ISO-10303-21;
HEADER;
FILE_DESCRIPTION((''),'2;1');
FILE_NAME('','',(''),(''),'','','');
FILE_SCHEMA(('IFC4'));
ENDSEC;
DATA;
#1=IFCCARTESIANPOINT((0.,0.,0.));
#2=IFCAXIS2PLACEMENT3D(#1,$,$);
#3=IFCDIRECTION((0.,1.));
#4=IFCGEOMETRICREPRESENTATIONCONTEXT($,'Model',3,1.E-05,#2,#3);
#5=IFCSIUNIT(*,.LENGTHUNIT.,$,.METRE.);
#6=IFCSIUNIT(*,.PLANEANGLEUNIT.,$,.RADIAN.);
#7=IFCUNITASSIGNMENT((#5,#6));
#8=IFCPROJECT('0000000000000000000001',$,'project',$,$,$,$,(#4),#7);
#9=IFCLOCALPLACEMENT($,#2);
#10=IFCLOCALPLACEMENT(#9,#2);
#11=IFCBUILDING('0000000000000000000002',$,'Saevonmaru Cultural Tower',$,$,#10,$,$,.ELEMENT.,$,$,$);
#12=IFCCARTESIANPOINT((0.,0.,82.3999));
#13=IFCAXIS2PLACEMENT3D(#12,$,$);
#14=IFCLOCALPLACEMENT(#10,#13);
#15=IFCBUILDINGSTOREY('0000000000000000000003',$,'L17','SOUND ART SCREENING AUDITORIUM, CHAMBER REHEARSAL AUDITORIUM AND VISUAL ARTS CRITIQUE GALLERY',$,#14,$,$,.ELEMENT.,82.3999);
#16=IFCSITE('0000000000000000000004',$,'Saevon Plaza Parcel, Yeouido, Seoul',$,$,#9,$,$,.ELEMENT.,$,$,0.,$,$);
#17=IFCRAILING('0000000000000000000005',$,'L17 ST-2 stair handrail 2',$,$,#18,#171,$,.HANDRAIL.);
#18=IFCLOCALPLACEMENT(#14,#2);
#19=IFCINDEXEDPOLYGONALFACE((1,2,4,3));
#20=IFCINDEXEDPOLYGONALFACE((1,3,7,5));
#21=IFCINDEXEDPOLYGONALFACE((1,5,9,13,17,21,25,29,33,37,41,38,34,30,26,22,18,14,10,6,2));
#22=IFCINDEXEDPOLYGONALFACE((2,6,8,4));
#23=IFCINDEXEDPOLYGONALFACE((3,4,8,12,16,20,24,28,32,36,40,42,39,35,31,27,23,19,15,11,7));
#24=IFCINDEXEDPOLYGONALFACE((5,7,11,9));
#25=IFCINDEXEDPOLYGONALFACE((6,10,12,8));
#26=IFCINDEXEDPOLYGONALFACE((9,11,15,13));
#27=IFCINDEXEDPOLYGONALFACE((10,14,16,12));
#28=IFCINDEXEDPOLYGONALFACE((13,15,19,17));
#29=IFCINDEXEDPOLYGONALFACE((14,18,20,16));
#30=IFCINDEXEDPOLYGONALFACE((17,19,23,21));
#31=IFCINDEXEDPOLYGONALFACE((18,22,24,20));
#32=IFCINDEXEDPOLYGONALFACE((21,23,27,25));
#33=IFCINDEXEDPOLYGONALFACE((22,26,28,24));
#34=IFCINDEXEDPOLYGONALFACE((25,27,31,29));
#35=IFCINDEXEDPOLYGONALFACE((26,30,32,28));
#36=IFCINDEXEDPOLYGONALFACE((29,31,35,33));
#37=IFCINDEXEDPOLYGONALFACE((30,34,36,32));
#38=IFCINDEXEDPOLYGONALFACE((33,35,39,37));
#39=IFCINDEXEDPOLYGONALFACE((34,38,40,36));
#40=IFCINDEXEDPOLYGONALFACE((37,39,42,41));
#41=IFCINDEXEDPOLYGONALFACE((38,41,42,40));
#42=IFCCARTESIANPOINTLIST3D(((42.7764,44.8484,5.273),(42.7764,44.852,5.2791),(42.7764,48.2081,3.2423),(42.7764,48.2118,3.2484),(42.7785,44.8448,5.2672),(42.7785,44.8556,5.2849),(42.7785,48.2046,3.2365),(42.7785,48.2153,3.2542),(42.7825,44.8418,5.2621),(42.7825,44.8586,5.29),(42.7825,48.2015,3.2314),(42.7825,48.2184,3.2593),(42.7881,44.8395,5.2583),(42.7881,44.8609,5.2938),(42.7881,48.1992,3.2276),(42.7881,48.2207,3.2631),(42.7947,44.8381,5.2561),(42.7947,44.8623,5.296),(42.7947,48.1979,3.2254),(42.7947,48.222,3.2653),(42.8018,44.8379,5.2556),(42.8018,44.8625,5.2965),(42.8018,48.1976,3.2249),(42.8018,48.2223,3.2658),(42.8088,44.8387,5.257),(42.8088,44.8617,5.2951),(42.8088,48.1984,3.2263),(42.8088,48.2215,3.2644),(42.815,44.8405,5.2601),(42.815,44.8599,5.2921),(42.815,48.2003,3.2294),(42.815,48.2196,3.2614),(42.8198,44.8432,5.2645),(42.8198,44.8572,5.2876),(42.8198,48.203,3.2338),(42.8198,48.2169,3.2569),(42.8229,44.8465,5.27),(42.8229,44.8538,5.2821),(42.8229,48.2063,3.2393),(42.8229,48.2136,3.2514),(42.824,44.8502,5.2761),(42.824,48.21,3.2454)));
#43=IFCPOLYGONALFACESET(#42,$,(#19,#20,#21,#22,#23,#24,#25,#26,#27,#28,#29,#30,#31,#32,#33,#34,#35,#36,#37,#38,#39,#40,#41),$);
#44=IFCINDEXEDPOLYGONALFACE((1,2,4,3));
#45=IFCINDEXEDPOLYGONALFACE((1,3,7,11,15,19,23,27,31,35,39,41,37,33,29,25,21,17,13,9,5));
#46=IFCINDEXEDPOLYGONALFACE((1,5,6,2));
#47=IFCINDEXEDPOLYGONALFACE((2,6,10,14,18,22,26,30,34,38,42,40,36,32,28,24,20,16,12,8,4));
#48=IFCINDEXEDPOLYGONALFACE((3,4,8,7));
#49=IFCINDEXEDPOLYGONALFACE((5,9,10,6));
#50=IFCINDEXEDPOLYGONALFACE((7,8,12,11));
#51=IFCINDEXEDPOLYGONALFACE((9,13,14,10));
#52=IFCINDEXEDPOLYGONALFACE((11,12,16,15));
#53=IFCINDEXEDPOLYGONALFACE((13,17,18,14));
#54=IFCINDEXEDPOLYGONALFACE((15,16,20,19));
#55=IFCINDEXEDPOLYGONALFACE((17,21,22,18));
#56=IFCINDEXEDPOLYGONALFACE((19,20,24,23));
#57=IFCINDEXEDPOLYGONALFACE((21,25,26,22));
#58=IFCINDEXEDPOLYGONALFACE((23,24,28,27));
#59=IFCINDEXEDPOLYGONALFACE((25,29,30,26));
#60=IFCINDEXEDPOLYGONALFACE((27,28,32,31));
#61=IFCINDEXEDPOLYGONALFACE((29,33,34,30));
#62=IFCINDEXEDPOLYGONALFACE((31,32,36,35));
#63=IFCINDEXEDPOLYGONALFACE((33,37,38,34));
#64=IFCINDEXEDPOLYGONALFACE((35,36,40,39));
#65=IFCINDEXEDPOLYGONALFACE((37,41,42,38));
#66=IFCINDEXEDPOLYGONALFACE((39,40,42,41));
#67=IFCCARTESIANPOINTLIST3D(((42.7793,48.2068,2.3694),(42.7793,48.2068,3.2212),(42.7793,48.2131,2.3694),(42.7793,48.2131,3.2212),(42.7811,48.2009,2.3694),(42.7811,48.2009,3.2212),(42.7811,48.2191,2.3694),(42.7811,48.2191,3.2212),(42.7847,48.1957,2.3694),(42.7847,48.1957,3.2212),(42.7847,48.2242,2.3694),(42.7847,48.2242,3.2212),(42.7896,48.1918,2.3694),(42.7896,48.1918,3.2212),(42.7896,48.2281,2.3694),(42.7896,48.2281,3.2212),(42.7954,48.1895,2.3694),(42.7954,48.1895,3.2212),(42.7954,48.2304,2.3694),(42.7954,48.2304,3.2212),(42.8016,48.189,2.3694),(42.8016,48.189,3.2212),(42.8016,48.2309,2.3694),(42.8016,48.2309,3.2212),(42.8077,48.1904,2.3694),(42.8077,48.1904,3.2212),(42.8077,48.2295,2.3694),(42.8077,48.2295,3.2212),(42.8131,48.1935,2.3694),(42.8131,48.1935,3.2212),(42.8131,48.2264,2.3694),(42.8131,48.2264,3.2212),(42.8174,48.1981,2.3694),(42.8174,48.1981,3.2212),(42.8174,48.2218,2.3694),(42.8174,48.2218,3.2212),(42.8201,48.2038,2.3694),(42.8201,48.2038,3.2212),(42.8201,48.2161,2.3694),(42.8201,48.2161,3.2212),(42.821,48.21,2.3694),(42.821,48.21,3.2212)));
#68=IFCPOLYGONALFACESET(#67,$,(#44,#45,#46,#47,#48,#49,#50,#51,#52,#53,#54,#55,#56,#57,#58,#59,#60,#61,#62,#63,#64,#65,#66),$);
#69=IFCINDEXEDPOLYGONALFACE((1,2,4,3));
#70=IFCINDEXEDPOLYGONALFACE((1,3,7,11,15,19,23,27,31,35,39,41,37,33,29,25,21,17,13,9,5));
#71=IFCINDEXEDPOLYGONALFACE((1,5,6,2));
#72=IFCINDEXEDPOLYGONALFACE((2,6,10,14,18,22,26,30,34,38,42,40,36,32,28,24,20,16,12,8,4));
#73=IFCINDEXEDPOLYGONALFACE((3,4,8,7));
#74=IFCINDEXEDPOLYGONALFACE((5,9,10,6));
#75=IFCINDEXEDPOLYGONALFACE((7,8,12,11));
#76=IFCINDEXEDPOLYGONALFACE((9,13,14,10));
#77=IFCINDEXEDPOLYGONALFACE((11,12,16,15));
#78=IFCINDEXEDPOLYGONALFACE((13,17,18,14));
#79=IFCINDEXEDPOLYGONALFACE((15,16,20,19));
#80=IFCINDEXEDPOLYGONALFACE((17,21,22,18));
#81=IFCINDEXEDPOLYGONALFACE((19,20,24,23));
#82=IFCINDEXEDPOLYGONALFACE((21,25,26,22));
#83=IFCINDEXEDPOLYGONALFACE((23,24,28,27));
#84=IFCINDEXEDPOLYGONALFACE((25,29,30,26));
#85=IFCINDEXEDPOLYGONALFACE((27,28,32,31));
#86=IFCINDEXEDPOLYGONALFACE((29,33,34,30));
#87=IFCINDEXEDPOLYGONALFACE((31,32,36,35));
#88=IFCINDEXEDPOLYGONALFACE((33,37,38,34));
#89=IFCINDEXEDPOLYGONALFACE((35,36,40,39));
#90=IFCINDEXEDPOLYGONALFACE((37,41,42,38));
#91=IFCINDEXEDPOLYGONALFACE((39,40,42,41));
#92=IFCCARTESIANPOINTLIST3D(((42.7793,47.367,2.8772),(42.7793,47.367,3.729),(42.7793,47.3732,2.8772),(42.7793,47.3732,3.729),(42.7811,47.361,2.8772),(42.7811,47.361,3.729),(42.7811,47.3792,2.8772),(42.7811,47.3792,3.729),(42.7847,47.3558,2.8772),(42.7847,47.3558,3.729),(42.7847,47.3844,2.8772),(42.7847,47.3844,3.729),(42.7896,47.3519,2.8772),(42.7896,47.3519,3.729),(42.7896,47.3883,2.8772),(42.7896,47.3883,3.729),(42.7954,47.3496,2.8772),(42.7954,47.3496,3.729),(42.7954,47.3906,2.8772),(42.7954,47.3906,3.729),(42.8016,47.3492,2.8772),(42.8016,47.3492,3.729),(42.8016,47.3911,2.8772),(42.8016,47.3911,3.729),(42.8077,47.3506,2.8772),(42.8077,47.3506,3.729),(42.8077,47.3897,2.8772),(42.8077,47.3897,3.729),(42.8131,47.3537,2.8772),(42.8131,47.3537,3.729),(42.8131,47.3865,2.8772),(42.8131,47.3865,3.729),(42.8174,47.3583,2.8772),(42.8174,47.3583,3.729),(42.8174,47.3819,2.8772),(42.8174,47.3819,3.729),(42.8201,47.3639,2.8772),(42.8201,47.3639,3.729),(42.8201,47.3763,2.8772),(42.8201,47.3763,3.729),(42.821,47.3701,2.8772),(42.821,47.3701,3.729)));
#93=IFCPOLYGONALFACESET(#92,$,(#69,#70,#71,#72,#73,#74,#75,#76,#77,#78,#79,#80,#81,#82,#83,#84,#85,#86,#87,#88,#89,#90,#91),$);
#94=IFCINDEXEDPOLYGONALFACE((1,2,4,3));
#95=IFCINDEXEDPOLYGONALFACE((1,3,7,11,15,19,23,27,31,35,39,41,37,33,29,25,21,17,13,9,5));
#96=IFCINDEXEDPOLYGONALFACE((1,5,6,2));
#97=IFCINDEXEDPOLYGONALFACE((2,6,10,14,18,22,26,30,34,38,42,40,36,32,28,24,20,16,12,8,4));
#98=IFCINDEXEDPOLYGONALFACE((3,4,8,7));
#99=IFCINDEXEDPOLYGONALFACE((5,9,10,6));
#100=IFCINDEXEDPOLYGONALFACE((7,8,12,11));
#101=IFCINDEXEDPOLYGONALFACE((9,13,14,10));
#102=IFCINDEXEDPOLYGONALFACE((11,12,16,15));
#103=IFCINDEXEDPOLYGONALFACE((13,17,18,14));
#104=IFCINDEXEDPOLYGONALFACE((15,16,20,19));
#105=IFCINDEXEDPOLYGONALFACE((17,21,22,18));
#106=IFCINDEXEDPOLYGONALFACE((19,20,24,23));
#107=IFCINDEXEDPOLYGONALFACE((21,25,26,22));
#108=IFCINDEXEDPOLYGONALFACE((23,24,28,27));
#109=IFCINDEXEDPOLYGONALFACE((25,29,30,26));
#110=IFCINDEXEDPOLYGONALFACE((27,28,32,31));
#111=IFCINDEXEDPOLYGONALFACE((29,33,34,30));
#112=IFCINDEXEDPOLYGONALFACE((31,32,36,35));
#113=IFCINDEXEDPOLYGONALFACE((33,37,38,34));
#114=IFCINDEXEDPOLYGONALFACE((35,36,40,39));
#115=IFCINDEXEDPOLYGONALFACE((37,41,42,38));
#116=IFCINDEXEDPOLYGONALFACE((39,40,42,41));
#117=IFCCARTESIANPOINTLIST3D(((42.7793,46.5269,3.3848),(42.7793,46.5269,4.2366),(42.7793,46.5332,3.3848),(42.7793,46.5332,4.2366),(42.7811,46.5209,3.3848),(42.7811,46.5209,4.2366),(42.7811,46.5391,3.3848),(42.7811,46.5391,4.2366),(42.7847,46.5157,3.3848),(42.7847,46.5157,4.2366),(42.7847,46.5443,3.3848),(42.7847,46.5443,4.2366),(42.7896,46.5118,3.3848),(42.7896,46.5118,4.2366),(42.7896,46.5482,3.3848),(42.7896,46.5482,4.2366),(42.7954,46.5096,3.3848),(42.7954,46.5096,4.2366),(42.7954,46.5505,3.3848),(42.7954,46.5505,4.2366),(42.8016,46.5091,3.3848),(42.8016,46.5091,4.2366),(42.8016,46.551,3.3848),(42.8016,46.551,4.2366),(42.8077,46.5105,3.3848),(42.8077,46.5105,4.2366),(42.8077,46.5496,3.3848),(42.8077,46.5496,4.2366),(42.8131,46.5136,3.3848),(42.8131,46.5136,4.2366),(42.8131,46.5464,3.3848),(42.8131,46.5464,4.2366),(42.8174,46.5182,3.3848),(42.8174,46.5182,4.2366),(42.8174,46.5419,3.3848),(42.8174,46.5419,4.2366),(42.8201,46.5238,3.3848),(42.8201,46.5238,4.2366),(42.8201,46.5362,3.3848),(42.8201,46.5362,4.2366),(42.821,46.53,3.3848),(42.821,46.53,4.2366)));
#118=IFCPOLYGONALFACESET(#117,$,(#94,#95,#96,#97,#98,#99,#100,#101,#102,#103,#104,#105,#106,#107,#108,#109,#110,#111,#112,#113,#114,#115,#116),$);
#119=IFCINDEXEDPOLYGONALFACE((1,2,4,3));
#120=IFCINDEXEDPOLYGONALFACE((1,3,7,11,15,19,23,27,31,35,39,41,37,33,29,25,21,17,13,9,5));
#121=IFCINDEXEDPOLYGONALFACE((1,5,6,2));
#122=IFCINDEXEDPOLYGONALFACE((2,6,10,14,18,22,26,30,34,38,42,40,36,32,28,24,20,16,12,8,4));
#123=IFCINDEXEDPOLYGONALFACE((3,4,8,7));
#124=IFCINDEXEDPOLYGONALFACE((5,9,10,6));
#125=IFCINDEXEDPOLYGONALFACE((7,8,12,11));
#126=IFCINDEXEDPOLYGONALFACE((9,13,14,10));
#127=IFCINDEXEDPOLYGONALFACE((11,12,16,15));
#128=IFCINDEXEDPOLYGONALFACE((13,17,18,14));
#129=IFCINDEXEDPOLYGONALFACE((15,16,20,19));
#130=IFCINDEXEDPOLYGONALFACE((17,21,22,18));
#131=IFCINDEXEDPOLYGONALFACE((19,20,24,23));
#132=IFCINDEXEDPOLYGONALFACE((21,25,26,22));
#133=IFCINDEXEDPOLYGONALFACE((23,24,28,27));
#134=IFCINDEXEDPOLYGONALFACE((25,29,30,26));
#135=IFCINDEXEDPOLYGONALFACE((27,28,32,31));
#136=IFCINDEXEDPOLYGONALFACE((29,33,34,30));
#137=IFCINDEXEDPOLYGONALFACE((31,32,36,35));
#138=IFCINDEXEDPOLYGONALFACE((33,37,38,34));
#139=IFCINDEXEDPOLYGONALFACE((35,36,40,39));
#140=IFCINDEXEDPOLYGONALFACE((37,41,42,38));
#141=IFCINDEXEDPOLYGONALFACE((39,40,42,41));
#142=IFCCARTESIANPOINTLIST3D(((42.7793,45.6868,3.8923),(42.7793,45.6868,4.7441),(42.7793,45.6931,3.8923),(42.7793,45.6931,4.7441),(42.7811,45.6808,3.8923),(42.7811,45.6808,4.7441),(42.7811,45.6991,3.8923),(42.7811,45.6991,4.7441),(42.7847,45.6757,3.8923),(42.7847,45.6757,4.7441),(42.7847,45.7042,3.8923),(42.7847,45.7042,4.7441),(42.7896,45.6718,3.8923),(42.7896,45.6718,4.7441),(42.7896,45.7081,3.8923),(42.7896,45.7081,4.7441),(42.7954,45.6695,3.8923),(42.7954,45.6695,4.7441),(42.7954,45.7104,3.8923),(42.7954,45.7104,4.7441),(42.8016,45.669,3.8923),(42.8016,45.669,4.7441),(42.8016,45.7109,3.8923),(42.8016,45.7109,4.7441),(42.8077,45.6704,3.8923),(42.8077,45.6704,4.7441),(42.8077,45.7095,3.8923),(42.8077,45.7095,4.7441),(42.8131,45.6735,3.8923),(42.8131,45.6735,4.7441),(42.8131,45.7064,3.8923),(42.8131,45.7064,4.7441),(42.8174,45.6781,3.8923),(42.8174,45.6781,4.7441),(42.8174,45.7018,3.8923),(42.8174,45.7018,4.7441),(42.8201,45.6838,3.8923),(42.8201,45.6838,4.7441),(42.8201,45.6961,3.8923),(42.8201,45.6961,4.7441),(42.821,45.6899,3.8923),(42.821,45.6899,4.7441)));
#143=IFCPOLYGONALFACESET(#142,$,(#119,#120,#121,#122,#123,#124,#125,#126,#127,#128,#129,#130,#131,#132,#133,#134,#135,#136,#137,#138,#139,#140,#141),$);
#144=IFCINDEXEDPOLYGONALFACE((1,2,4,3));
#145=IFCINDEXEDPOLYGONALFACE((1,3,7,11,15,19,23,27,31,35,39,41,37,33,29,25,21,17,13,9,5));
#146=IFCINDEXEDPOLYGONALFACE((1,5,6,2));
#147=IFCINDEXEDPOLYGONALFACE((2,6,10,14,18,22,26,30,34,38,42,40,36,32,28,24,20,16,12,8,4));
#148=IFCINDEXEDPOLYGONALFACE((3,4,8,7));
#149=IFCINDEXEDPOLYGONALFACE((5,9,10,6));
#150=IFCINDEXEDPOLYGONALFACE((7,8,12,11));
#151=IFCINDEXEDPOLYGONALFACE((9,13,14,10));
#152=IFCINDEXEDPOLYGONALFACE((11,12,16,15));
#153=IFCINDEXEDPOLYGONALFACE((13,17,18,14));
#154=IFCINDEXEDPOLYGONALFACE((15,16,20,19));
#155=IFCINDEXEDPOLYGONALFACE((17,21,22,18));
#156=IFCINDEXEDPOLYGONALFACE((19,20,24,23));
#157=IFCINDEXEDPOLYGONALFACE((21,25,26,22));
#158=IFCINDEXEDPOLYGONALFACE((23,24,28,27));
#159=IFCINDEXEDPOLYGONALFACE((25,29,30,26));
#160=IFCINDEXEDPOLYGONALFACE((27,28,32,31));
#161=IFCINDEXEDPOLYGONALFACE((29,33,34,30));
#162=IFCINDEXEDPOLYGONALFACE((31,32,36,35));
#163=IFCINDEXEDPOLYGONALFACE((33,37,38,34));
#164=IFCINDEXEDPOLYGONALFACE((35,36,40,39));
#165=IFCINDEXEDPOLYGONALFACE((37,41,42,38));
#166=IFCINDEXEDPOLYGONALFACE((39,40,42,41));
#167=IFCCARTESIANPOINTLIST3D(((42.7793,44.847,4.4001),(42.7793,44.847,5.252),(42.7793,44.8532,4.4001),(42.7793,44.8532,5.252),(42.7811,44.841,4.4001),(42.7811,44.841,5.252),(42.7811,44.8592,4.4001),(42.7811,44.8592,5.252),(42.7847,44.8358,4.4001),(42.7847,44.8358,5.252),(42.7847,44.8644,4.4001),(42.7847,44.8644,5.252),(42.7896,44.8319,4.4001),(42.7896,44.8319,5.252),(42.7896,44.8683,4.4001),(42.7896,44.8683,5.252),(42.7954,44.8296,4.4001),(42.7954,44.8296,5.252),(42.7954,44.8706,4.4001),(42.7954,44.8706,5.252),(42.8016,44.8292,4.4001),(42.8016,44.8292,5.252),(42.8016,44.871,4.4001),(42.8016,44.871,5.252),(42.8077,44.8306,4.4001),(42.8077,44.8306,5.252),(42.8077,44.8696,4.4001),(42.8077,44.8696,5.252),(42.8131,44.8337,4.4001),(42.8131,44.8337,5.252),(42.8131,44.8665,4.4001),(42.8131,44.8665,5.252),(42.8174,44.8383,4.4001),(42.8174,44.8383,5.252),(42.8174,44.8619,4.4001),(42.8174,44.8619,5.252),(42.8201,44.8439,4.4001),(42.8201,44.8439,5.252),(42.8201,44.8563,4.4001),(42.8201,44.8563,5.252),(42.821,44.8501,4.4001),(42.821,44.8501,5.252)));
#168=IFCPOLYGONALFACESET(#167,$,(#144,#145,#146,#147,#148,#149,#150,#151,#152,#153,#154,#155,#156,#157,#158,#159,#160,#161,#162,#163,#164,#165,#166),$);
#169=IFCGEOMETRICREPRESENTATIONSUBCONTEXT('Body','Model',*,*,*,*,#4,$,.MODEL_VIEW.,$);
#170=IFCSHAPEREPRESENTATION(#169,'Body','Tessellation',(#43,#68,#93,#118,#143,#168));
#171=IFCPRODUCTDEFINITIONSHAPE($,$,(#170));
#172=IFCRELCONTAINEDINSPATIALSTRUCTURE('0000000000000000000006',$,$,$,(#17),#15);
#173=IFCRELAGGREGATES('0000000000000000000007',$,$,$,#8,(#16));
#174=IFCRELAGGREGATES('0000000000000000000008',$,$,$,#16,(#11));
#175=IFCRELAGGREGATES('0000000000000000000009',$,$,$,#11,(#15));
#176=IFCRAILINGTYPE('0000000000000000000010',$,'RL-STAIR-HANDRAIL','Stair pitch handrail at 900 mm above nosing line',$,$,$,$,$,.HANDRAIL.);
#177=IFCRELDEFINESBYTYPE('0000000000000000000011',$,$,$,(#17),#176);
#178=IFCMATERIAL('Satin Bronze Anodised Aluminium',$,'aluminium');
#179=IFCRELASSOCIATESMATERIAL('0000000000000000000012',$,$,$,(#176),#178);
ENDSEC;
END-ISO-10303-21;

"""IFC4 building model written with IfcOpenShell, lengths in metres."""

from ifc_helpers import new_model, si_unit, direction, frame, origin, origin_2d, place, context, subcontext, project, spatial, circle, extrude, material, type_object, element, save


model = new_model("IFC4")

# Units and contexts
model_context = context("Model", 3, precision=1e-05, world=origin(), true_north=direction((0.0, 1.0)))
body_context = subcontext(model_context, "Body", "Model", "MODEL_VIEW")
ifc_project = project(units=[si_unit("LENGTHUNIT", "METRE"), si_unit("PLANEANGLEUNIT", "RADIAN")], contexts=[model_context])

# Site, building, storey
site_placement = place(None, origin())
site = spatial("IfcSite", under=ifc_project, at=site_placement, Name="Saevon Plaza Parcel, Yeouido, Seoul", CompositionType="ELEMENT", RefElevation=0.0)
building_placement = place(site_placement, origin())
building = spatial("IfcBuilding", under=site, at=building_placement, Name="Saevonmaru Cultural Tower", CompositionType="ELEMENT")
storey_placement = place(building_placement, frame((0.0, 0.0, 82.3999)))
storey = spatial("IfcBuildingStorey", under=building, at=storey_placement, Name="L17", Description="SOUND ART SCREENING AUDITORIUM, CHAMBER REHEARSAL AUDITORIUM AND VISUAL ARTS CRITIQUE GALLERY", CompositionType="ELEMENT", Elevation=82.3999)

# Shared definitions
ifc_material_1 = material(Name="Satin Bronze Anodised Aluminium", Category="aluminium")

# Railing
railing_type_1 = type_object("IfcRailingType", Name="RL-STAIR-HANDRAIL", Description="Stair pitch handrail at 900 mm above nosing line", PredefinedType="HANDRAIL", material=ifc_material_1)
railing_1_placement = place(storey_placement, frame((42.8, 48.21, 2.3694)))
element("IfcRailing", 1, at=railing_1_placement, inside=storey, type_object=railing_type_1, Name="L17 ST-2 stair handrail 2", PredefinedType="HANDRAIL", context=body_context, shape_type="SweptSolid", body=[
    extrude(circle(Radius=0.0239, at=origin_2d()), frame((0.0, 0.0, 0.876), z_axis=(0.0, -0.85582, 0.517273), x_axis=(1.0, 0.0, 0.0)), (0.0, 0.0, 1.0), 3.9258),
    extrude(circle(Radius=0.021, at=origin_2d()), origin(), (0.0, 0.0, 1.0), 0.8518),
    extrude(circle(Radius=0.021, at=origin_2d()), frame((0.0, -0.8398, 0.5078)), (0.0, 0.0, 1.0), 0.8518),
    extrude(circle(Radius=0.021, at=origin_2d()), frame((0.0, -1.6799, 1.0154)), (0.0, 0.0, 1.0), 0.8518),
    extrude(circle(Radius=0.021, at=origin_2d()), frame((0.0, -2.52, 1.5229)), (0.0, 0.0, 1.0), 0.8518),
    extrude(circle(Radius=0.021, at=origin_2d()), frame((0.0, -3.3599, 2.0308)), (0.0, 0.0, 1.0), 0.8518),
])

save(model, "model.ifc")
